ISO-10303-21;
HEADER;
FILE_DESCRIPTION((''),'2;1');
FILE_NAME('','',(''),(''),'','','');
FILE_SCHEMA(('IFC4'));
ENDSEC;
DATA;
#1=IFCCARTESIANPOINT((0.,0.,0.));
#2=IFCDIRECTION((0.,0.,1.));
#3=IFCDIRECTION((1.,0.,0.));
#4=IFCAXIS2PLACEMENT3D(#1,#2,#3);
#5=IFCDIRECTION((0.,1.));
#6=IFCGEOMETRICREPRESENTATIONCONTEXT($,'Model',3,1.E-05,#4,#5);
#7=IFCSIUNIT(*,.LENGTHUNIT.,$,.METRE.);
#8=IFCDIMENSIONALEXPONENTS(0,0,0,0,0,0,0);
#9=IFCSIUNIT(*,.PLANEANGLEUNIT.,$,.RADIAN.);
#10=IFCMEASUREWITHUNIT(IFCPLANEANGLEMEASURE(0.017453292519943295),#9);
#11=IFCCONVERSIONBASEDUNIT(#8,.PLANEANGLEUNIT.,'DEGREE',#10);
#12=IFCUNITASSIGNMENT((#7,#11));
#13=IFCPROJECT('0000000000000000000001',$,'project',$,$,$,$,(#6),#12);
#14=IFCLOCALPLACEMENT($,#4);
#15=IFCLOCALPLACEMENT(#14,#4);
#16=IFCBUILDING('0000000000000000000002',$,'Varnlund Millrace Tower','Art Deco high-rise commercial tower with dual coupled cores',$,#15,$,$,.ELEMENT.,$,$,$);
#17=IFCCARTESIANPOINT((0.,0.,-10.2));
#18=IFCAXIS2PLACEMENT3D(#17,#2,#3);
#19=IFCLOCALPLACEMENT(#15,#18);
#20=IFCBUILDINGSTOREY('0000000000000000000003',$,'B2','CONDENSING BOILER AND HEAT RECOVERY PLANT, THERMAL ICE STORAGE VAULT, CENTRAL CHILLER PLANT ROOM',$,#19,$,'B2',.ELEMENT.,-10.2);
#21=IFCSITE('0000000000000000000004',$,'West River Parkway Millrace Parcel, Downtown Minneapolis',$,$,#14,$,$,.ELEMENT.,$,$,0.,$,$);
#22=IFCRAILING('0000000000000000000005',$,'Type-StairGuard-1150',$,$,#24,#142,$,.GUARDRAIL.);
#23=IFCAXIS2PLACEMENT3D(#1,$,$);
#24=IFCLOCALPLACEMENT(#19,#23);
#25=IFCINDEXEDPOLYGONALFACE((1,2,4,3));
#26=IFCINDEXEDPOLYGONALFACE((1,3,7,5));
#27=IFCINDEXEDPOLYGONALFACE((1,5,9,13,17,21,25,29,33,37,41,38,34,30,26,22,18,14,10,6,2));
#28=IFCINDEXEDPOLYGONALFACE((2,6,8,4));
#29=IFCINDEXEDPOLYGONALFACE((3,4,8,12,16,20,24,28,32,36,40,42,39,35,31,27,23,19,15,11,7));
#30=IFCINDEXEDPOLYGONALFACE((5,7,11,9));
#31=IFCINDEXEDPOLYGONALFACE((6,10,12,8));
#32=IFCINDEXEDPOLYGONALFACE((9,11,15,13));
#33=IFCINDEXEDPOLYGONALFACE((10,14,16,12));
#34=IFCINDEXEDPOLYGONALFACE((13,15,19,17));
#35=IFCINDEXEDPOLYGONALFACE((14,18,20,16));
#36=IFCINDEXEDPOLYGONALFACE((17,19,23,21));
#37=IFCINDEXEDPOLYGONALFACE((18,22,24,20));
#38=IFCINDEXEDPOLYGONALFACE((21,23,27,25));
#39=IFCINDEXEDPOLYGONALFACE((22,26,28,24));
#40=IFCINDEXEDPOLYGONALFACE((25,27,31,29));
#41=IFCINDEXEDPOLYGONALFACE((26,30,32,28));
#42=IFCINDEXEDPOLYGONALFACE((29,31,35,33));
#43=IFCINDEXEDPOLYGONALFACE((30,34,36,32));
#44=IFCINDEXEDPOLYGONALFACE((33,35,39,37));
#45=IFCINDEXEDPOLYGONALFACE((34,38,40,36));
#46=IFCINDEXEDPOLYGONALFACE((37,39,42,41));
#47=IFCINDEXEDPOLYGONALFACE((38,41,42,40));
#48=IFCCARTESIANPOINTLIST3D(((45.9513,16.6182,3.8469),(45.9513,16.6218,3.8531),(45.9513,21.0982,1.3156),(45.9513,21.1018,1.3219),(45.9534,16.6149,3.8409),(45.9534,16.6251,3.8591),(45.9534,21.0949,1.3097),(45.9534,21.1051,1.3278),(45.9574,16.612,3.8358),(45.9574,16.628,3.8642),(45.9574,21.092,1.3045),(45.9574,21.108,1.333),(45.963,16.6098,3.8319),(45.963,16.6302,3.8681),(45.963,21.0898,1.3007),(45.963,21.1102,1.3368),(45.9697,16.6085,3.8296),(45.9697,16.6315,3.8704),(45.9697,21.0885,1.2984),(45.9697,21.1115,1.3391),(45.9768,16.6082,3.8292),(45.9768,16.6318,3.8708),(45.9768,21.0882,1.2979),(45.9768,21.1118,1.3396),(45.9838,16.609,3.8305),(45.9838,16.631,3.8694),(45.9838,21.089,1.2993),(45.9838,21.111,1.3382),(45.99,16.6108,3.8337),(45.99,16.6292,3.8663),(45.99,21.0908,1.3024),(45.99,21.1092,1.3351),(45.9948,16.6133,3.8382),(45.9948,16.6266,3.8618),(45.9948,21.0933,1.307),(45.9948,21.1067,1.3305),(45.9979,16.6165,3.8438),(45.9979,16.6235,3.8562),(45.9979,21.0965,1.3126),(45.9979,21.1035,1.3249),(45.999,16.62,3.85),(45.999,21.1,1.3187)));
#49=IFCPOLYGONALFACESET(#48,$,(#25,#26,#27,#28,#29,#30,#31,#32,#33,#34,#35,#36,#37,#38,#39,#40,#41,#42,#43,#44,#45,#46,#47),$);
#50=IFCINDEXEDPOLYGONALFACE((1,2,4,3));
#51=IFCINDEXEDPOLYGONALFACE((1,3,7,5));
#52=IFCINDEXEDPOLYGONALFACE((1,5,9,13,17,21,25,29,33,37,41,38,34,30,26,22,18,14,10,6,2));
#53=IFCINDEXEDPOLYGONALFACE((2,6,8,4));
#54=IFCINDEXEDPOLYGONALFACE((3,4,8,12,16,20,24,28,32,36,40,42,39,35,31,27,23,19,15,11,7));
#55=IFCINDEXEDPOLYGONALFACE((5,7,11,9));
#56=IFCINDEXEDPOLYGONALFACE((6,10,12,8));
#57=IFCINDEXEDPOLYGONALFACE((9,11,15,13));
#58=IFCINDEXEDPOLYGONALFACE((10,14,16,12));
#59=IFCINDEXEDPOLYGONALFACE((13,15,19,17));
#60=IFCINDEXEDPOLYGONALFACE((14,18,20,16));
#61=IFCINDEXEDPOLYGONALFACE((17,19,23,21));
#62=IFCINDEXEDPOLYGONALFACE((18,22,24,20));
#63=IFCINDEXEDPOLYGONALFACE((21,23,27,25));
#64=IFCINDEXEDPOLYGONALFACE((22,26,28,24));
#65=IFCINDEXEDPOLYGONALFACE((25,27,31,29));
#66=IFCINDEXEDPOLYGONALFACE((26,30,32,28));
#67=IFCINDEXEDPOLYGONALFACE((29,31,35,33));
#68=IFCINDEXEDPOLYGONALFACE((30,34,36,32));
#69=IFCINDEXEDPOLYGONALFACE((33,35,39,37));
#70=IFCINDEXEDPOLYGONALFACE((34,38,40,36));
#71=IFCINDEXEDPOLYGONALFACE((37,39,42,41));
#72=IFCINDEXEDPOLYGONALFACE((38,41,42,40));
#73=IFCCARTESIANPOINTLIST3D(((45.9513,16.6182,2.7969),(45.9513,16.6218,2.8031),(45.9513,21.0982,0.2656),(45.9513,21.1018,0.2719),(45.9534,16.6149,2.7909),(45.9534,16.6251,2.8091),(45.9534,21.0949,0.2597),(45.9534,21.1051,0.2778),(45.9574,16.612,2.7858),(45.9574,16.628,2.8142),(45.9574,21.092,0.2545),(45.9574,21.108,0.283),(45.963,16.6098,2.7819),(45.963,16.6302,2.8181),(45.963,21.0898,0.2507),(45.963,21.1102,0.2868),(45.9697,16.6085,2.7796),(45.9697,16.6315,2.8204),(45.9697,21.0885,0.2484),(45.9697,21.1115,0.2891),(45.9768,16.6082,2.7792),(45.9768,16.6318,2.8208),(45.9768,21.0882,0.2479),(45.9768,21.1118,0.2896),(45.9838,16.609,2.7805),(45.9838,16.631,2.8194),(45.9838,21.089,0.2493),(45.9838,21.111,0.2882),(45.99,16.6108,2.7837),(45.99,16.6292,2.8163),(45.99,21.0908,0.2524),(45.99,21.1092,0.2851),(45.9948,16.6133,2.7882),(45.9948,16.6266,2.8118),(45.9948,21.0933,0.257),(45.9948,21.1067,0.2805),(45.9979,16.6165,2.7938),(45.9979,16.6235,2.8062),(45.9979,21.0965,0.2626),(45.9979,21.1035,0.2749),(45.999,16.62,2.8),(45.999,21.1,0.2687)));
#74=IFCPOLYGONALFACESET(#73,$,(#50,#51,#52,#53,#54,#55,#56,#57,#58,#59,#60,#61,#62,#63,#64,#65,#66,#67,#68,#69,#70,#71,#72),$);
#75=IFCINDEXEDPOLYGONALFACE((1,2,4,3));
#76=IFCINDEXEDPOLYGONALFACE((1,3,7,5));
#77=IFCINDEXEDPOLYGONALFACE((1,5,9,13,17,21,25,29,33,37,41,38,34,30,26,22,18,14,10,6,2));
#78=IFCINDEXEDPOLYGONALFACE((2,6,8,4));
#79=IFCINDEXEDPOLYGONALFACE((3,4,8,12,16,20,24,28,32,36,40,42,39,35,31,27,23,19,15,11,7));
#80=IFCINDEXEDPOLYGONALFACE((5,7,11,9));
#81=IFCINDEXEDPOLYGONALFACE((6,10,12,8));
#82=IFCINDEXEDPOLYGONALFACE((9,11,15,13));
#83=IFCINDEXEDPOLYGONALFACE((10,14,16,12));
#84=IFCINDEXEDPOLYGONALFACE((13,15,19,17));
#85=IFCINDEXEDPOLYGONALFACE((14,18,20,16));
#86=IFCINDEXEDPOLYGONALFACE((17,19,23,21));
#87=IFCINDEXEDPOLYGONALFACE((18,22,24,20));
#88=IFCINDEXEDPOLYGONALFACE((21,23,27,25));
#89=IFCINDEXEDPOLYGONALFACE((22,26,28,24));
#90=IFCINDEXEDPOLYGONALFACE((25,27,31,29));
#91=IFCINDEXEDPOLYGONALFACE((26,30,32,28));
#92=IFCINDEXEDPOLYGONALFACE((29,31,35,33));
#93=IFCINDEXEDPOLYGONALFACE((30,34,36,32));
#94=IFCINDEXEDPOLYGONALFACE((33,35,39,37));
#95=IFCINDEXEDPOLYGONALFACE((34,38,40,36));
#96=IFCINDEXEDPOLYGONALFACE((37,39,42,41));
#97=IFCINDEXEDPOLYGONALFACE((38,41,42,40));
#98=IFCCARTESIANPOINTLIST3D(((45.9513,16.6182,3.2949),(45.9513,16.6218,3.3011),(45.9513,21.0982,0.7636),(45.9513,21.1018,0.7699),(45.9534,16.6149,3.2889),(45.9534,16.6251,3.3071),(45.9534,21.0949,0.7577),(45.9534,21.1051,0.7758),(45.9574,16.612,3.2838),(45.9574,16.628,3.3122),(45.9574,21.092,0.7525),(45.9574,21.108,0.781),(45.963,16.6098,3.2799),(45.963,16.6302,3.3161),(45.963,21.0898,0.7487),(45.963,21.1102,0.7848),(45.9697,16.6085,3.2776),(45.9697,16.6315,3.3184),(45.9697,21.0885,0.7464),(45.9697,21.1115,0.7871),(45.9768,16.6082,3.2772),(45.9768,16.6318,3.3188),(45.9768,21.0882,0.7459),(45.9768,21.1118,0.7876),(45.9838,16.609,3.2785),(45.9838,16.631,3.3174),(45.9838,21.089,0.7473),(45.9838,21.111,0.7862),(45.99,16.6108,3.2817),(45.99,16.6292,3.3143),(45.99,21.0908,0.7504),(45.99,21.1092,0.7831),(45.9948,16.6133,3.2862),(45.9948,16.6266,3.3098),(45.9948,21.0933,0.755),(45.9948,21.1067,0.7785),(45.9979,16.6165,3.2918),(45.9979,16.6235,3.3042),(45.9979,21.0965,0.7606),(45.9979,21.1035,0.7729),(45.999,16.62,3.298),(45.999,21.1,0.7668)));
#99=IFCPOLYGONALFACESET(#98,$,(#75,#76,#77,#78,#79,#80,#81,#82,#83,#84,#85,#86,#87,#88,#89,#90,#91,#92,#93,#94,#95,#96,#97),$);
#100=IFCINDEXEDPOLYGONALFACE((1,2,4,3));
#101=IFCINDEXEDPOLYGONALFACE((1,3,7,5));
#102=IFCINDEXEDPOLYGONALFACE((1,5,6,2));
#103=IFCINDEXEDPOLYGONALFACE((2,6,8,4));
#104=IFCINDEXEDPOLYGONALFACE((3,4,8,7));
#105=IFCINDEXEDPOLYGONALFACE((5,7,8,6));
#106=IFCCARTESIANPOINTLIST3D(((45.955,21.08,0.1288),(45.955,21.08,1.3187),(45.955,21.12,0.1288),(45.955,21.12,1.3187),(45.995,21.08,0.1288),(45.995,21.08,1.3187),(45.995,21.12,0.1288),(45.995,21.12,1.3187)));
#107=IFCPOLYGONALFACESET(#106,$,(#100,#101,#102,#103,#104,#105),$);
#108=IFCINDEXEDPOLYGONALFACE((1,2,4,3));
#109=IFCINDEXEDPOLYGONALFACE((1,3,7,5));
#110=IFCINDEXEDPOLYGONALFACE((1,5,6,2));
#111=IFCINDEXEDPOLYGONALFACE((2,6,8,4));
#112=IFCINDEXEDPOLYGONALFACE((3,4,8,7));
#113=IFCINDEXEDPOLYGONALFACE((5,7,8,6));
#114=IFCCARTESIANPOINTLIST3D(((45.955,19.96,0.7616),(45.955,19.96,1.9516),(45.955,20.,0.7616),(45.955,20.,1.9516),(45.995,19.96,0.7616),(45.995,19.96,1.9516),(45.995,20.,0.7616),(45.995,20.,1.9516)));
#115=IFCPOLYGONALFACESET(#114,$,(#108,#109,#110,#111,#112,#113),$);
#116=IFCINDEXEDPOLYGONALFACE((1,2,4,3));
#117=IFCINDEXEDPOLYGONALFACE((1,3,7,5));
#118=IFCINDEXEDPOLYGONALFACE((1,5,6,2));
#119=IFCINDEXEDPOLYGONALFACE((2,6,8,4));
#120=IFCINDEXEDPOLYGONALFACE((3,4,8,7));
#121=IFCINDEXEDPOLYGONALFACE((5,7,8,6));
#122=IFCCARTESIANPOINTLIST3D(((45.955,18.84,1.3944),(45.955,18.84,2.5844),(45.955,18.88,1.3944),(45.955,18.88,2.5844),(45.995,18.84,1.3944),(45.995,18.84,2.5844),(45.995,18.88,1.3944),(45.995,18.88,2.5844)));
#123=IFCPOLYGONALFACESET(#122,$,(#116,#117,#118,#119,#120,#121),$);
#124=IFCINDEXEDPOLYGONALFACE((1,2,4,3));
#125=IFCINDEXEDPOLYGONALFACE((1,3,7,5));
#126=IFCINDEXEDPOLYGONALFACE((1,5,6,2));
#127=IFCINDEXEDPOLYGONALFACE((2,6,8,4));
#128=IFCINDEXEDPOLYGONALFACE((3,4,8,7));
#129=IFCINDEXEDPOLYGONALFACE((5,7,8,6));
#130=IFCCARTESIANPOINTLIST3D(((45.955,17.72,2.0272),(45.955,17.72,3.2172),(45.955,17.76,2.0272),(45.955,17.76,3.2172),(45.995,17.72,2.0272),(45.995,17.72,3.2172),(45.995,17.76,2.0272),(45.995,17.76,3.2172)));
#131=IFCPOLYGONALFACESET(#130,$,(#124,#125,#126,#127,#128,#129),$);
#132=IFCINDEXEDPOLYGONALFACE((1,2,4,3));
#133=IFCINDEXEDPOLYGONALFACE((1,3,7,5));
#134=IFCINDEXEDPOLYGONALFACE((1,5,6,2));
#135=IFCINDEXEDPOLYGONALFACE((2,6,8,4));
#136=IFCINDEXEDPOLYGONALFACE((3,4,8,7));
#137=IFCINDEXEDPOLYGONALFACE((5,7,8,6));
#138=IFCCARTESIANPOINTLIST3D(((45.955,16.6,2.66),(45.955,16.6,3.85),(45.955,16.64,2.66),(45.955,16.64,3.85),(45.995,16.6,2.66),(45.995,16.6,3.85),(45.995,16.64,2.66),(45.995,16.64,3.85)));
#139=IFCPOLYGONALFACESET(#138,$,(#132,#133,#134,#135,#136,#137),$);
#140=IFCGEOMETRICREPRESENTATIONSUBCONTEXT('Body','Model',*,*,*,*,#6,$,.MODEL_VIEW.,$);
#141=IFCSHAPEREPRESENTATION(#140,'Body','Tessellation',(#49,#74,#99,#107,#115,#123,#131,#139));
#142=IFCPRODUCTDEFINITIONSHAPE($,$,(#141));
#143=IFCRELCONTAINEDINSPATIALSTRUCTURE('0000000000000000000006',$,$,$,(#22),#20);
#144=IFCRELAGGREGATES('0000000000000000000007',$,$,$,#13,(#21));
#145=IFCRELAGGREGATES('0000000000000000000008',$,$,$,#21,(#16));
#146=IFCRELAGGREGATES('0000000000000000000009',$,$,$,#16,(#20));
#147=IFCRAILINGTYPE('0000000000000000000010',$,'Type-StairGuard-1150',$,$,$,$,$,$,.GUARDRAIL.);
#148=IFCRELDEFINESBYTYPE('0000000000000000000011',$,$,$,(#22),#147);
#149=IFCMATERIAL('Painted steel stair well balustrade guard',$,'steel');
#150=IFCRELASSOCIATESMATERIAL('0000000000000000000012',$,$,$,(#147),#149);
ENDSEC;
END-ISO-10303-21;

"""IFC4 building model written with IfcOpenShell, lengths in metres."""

from ifc_helpers import new_model, entity, si_unit, converted_unit, direction, frame, origin_with_axes, origin_2d_with_axis, place, context, subcontext, project, spatial, rectangle, circle, extrude, material, type_object, element, save


model = new_model("IFC4")

# Units and contexts
model_context = context("Model", 3, precision=1e-05, world=origin_with_axes(), true_north=direction((0.0, 1.0)))
body_context = subcontext(model_context, "Body", "Model", "MODEL_VIEW")
ifc_project = project(units=[si_unit("LENGTHUNIT", "METRE"), converted_unit("PLANEANGLEUNIT", "DEGREE", entity("IfcPlaneAngleMeasure", 0.017453292519943295), si_unit("PLANEANGLEUNIT", "RADIAN"), dimensions=[0, 0, 0, 0, 0, 0, 0])], contexts=[model_context])

# Site, building, storey
site_placement = place(None, origin_with_axes())
site = spatial("IfcSite", under=ifc_project, at=site_placement, Name="West River Parkway Millrace Parcel, Downtown Minneapolis", CompositionType="ELEMENT", RefElevation=0.0)
building_placement = place(site_placement, origin_with_axes())
building = spatial("IfcBuilding", under=site, at=building_placement, Name="Varnlund Millrace Tower", Description="Art Deco high-rise commercial tower with dual coupled cores", CompositionType="ELEMENT")
storey_placement = place(building_placement, frame((0.0, 0.0, -10.2), z_axis=(0.0, 0.0, 1.0), x_axis=(1.0, 0.0, 0.0)))
storey = spatial("IfcBuildingStorey", under=building, at=storey_placement, Name="B2", Description="CONDENSING BOILER AND HEAT RECOVERY PLANT, THERMAL ICE STORAGE VAULT, CENTRAL CHILLER PLANT ROOM", LongName="B2", CompositionType="ELEMENT", Elevation=-10.2)

# Railing
ifc_material_1 = material(Name="Painted steel stair well balustrade guard", Category="steel")
railing_type_1 = type_object("IfcRailingType", Name="Type-StairGuard-1150", PredefinedType="GUARDRAIL", material=ifc_material_1)
railing_1_placement = place(storey_placement, frame((0.0, 0.0, 10.2), z_axis=(0.0, 0.0, 1.0), x_axis=(1.0, 0.0, 0.0)))
element("IfcRailing", 1, at=railing_1_placement, inside=storey, type_object=railing_type_1, Name="Type-StairGuard-1150", PredefinedType="GUARDRAIL", context=body_context, shape_type="SweptSolid", body=[
    extrude(circle(Radius=0.024, at=origin_2d_with_axis()), frame((45.975, 21.1, -8.8812), z_axis=(0.0, -0.87064, 0.491921), x_axis=(1.0, 0.0, 0.0)), (0.0, 0.0, 1.0), 5.1456),
    extrude(circle(Radius=0.024, at=origin_2d_with_axis()), frame((45.975, 21.1, -9.9313), z_axis=(0.0, -0.87064, 0.491921), x_axis=(1.0, 0.0, 0.0)), (0.0, 0.0, 1.0), 5.1456),
    extrude(circle(Radius=0.024, at=origin_2d_with_axis()), frame((45.975, 21.1, -9.4332), z_axis=(0.0, -0.87064, 0.491921), x_axis=(1.0, 0.0, 0.0)), (0.0, 0.0, 1.0), 5.1456),
    extrude(rectangle(XDim=0.04, YDim=0.04, at=origin_2d_with_axis()), frame((45.975, 21.1, -10.0712), z_axis=(0.0, 0.0, 1.0), x_axis=(1.0, 0.0, 0.0)), (0.0, 0.0, 1.0), 1.19),
    extrude(rectangle(XDim=0.04, YDim=0.04, at=origin_2d_with_axis()), frame((45.975, 19.98, -9.4384), z_axis=(0.0, 0.0, 1.0), x_axis=(1.0, 0.0, 0.0)), (0.0, 0.0, 1.0), 1.19),
    extrude(rectangle(XDim=0.04, YDim=0.04, at=origin_2d_with_axis()), frame((45.975, 18.86, -8.8056), z_axis=(0.0, 0.0, 1.0), x_axis=(1.0, 0.0, 0.0)), (0.0, 0.0, 1.0), 1.19),
    extrude(rectangle(XDim=0.04, YDim=0.04, at=origin_2d_with_axis()), frame((45.975, 17.74, -8.1728), z_axis=(0.0, 0.0, 1.0), x_axis=(1.0, 0.0, 0.0)), (0.0, 0.0, 1.0), 1.19),
    extrude(rectangle(XDim=0.04, YDim=0.04, at=origin_2d_with_axis()), frame((45.975, 16.62, -7.54), z_axis=(0.0, 0.0, 1.0), x_axis=(1.0, 0.0, 0.0)), (0.0, 0.0, 1.0), 1.19),
])

save(model, "model.ifc")
